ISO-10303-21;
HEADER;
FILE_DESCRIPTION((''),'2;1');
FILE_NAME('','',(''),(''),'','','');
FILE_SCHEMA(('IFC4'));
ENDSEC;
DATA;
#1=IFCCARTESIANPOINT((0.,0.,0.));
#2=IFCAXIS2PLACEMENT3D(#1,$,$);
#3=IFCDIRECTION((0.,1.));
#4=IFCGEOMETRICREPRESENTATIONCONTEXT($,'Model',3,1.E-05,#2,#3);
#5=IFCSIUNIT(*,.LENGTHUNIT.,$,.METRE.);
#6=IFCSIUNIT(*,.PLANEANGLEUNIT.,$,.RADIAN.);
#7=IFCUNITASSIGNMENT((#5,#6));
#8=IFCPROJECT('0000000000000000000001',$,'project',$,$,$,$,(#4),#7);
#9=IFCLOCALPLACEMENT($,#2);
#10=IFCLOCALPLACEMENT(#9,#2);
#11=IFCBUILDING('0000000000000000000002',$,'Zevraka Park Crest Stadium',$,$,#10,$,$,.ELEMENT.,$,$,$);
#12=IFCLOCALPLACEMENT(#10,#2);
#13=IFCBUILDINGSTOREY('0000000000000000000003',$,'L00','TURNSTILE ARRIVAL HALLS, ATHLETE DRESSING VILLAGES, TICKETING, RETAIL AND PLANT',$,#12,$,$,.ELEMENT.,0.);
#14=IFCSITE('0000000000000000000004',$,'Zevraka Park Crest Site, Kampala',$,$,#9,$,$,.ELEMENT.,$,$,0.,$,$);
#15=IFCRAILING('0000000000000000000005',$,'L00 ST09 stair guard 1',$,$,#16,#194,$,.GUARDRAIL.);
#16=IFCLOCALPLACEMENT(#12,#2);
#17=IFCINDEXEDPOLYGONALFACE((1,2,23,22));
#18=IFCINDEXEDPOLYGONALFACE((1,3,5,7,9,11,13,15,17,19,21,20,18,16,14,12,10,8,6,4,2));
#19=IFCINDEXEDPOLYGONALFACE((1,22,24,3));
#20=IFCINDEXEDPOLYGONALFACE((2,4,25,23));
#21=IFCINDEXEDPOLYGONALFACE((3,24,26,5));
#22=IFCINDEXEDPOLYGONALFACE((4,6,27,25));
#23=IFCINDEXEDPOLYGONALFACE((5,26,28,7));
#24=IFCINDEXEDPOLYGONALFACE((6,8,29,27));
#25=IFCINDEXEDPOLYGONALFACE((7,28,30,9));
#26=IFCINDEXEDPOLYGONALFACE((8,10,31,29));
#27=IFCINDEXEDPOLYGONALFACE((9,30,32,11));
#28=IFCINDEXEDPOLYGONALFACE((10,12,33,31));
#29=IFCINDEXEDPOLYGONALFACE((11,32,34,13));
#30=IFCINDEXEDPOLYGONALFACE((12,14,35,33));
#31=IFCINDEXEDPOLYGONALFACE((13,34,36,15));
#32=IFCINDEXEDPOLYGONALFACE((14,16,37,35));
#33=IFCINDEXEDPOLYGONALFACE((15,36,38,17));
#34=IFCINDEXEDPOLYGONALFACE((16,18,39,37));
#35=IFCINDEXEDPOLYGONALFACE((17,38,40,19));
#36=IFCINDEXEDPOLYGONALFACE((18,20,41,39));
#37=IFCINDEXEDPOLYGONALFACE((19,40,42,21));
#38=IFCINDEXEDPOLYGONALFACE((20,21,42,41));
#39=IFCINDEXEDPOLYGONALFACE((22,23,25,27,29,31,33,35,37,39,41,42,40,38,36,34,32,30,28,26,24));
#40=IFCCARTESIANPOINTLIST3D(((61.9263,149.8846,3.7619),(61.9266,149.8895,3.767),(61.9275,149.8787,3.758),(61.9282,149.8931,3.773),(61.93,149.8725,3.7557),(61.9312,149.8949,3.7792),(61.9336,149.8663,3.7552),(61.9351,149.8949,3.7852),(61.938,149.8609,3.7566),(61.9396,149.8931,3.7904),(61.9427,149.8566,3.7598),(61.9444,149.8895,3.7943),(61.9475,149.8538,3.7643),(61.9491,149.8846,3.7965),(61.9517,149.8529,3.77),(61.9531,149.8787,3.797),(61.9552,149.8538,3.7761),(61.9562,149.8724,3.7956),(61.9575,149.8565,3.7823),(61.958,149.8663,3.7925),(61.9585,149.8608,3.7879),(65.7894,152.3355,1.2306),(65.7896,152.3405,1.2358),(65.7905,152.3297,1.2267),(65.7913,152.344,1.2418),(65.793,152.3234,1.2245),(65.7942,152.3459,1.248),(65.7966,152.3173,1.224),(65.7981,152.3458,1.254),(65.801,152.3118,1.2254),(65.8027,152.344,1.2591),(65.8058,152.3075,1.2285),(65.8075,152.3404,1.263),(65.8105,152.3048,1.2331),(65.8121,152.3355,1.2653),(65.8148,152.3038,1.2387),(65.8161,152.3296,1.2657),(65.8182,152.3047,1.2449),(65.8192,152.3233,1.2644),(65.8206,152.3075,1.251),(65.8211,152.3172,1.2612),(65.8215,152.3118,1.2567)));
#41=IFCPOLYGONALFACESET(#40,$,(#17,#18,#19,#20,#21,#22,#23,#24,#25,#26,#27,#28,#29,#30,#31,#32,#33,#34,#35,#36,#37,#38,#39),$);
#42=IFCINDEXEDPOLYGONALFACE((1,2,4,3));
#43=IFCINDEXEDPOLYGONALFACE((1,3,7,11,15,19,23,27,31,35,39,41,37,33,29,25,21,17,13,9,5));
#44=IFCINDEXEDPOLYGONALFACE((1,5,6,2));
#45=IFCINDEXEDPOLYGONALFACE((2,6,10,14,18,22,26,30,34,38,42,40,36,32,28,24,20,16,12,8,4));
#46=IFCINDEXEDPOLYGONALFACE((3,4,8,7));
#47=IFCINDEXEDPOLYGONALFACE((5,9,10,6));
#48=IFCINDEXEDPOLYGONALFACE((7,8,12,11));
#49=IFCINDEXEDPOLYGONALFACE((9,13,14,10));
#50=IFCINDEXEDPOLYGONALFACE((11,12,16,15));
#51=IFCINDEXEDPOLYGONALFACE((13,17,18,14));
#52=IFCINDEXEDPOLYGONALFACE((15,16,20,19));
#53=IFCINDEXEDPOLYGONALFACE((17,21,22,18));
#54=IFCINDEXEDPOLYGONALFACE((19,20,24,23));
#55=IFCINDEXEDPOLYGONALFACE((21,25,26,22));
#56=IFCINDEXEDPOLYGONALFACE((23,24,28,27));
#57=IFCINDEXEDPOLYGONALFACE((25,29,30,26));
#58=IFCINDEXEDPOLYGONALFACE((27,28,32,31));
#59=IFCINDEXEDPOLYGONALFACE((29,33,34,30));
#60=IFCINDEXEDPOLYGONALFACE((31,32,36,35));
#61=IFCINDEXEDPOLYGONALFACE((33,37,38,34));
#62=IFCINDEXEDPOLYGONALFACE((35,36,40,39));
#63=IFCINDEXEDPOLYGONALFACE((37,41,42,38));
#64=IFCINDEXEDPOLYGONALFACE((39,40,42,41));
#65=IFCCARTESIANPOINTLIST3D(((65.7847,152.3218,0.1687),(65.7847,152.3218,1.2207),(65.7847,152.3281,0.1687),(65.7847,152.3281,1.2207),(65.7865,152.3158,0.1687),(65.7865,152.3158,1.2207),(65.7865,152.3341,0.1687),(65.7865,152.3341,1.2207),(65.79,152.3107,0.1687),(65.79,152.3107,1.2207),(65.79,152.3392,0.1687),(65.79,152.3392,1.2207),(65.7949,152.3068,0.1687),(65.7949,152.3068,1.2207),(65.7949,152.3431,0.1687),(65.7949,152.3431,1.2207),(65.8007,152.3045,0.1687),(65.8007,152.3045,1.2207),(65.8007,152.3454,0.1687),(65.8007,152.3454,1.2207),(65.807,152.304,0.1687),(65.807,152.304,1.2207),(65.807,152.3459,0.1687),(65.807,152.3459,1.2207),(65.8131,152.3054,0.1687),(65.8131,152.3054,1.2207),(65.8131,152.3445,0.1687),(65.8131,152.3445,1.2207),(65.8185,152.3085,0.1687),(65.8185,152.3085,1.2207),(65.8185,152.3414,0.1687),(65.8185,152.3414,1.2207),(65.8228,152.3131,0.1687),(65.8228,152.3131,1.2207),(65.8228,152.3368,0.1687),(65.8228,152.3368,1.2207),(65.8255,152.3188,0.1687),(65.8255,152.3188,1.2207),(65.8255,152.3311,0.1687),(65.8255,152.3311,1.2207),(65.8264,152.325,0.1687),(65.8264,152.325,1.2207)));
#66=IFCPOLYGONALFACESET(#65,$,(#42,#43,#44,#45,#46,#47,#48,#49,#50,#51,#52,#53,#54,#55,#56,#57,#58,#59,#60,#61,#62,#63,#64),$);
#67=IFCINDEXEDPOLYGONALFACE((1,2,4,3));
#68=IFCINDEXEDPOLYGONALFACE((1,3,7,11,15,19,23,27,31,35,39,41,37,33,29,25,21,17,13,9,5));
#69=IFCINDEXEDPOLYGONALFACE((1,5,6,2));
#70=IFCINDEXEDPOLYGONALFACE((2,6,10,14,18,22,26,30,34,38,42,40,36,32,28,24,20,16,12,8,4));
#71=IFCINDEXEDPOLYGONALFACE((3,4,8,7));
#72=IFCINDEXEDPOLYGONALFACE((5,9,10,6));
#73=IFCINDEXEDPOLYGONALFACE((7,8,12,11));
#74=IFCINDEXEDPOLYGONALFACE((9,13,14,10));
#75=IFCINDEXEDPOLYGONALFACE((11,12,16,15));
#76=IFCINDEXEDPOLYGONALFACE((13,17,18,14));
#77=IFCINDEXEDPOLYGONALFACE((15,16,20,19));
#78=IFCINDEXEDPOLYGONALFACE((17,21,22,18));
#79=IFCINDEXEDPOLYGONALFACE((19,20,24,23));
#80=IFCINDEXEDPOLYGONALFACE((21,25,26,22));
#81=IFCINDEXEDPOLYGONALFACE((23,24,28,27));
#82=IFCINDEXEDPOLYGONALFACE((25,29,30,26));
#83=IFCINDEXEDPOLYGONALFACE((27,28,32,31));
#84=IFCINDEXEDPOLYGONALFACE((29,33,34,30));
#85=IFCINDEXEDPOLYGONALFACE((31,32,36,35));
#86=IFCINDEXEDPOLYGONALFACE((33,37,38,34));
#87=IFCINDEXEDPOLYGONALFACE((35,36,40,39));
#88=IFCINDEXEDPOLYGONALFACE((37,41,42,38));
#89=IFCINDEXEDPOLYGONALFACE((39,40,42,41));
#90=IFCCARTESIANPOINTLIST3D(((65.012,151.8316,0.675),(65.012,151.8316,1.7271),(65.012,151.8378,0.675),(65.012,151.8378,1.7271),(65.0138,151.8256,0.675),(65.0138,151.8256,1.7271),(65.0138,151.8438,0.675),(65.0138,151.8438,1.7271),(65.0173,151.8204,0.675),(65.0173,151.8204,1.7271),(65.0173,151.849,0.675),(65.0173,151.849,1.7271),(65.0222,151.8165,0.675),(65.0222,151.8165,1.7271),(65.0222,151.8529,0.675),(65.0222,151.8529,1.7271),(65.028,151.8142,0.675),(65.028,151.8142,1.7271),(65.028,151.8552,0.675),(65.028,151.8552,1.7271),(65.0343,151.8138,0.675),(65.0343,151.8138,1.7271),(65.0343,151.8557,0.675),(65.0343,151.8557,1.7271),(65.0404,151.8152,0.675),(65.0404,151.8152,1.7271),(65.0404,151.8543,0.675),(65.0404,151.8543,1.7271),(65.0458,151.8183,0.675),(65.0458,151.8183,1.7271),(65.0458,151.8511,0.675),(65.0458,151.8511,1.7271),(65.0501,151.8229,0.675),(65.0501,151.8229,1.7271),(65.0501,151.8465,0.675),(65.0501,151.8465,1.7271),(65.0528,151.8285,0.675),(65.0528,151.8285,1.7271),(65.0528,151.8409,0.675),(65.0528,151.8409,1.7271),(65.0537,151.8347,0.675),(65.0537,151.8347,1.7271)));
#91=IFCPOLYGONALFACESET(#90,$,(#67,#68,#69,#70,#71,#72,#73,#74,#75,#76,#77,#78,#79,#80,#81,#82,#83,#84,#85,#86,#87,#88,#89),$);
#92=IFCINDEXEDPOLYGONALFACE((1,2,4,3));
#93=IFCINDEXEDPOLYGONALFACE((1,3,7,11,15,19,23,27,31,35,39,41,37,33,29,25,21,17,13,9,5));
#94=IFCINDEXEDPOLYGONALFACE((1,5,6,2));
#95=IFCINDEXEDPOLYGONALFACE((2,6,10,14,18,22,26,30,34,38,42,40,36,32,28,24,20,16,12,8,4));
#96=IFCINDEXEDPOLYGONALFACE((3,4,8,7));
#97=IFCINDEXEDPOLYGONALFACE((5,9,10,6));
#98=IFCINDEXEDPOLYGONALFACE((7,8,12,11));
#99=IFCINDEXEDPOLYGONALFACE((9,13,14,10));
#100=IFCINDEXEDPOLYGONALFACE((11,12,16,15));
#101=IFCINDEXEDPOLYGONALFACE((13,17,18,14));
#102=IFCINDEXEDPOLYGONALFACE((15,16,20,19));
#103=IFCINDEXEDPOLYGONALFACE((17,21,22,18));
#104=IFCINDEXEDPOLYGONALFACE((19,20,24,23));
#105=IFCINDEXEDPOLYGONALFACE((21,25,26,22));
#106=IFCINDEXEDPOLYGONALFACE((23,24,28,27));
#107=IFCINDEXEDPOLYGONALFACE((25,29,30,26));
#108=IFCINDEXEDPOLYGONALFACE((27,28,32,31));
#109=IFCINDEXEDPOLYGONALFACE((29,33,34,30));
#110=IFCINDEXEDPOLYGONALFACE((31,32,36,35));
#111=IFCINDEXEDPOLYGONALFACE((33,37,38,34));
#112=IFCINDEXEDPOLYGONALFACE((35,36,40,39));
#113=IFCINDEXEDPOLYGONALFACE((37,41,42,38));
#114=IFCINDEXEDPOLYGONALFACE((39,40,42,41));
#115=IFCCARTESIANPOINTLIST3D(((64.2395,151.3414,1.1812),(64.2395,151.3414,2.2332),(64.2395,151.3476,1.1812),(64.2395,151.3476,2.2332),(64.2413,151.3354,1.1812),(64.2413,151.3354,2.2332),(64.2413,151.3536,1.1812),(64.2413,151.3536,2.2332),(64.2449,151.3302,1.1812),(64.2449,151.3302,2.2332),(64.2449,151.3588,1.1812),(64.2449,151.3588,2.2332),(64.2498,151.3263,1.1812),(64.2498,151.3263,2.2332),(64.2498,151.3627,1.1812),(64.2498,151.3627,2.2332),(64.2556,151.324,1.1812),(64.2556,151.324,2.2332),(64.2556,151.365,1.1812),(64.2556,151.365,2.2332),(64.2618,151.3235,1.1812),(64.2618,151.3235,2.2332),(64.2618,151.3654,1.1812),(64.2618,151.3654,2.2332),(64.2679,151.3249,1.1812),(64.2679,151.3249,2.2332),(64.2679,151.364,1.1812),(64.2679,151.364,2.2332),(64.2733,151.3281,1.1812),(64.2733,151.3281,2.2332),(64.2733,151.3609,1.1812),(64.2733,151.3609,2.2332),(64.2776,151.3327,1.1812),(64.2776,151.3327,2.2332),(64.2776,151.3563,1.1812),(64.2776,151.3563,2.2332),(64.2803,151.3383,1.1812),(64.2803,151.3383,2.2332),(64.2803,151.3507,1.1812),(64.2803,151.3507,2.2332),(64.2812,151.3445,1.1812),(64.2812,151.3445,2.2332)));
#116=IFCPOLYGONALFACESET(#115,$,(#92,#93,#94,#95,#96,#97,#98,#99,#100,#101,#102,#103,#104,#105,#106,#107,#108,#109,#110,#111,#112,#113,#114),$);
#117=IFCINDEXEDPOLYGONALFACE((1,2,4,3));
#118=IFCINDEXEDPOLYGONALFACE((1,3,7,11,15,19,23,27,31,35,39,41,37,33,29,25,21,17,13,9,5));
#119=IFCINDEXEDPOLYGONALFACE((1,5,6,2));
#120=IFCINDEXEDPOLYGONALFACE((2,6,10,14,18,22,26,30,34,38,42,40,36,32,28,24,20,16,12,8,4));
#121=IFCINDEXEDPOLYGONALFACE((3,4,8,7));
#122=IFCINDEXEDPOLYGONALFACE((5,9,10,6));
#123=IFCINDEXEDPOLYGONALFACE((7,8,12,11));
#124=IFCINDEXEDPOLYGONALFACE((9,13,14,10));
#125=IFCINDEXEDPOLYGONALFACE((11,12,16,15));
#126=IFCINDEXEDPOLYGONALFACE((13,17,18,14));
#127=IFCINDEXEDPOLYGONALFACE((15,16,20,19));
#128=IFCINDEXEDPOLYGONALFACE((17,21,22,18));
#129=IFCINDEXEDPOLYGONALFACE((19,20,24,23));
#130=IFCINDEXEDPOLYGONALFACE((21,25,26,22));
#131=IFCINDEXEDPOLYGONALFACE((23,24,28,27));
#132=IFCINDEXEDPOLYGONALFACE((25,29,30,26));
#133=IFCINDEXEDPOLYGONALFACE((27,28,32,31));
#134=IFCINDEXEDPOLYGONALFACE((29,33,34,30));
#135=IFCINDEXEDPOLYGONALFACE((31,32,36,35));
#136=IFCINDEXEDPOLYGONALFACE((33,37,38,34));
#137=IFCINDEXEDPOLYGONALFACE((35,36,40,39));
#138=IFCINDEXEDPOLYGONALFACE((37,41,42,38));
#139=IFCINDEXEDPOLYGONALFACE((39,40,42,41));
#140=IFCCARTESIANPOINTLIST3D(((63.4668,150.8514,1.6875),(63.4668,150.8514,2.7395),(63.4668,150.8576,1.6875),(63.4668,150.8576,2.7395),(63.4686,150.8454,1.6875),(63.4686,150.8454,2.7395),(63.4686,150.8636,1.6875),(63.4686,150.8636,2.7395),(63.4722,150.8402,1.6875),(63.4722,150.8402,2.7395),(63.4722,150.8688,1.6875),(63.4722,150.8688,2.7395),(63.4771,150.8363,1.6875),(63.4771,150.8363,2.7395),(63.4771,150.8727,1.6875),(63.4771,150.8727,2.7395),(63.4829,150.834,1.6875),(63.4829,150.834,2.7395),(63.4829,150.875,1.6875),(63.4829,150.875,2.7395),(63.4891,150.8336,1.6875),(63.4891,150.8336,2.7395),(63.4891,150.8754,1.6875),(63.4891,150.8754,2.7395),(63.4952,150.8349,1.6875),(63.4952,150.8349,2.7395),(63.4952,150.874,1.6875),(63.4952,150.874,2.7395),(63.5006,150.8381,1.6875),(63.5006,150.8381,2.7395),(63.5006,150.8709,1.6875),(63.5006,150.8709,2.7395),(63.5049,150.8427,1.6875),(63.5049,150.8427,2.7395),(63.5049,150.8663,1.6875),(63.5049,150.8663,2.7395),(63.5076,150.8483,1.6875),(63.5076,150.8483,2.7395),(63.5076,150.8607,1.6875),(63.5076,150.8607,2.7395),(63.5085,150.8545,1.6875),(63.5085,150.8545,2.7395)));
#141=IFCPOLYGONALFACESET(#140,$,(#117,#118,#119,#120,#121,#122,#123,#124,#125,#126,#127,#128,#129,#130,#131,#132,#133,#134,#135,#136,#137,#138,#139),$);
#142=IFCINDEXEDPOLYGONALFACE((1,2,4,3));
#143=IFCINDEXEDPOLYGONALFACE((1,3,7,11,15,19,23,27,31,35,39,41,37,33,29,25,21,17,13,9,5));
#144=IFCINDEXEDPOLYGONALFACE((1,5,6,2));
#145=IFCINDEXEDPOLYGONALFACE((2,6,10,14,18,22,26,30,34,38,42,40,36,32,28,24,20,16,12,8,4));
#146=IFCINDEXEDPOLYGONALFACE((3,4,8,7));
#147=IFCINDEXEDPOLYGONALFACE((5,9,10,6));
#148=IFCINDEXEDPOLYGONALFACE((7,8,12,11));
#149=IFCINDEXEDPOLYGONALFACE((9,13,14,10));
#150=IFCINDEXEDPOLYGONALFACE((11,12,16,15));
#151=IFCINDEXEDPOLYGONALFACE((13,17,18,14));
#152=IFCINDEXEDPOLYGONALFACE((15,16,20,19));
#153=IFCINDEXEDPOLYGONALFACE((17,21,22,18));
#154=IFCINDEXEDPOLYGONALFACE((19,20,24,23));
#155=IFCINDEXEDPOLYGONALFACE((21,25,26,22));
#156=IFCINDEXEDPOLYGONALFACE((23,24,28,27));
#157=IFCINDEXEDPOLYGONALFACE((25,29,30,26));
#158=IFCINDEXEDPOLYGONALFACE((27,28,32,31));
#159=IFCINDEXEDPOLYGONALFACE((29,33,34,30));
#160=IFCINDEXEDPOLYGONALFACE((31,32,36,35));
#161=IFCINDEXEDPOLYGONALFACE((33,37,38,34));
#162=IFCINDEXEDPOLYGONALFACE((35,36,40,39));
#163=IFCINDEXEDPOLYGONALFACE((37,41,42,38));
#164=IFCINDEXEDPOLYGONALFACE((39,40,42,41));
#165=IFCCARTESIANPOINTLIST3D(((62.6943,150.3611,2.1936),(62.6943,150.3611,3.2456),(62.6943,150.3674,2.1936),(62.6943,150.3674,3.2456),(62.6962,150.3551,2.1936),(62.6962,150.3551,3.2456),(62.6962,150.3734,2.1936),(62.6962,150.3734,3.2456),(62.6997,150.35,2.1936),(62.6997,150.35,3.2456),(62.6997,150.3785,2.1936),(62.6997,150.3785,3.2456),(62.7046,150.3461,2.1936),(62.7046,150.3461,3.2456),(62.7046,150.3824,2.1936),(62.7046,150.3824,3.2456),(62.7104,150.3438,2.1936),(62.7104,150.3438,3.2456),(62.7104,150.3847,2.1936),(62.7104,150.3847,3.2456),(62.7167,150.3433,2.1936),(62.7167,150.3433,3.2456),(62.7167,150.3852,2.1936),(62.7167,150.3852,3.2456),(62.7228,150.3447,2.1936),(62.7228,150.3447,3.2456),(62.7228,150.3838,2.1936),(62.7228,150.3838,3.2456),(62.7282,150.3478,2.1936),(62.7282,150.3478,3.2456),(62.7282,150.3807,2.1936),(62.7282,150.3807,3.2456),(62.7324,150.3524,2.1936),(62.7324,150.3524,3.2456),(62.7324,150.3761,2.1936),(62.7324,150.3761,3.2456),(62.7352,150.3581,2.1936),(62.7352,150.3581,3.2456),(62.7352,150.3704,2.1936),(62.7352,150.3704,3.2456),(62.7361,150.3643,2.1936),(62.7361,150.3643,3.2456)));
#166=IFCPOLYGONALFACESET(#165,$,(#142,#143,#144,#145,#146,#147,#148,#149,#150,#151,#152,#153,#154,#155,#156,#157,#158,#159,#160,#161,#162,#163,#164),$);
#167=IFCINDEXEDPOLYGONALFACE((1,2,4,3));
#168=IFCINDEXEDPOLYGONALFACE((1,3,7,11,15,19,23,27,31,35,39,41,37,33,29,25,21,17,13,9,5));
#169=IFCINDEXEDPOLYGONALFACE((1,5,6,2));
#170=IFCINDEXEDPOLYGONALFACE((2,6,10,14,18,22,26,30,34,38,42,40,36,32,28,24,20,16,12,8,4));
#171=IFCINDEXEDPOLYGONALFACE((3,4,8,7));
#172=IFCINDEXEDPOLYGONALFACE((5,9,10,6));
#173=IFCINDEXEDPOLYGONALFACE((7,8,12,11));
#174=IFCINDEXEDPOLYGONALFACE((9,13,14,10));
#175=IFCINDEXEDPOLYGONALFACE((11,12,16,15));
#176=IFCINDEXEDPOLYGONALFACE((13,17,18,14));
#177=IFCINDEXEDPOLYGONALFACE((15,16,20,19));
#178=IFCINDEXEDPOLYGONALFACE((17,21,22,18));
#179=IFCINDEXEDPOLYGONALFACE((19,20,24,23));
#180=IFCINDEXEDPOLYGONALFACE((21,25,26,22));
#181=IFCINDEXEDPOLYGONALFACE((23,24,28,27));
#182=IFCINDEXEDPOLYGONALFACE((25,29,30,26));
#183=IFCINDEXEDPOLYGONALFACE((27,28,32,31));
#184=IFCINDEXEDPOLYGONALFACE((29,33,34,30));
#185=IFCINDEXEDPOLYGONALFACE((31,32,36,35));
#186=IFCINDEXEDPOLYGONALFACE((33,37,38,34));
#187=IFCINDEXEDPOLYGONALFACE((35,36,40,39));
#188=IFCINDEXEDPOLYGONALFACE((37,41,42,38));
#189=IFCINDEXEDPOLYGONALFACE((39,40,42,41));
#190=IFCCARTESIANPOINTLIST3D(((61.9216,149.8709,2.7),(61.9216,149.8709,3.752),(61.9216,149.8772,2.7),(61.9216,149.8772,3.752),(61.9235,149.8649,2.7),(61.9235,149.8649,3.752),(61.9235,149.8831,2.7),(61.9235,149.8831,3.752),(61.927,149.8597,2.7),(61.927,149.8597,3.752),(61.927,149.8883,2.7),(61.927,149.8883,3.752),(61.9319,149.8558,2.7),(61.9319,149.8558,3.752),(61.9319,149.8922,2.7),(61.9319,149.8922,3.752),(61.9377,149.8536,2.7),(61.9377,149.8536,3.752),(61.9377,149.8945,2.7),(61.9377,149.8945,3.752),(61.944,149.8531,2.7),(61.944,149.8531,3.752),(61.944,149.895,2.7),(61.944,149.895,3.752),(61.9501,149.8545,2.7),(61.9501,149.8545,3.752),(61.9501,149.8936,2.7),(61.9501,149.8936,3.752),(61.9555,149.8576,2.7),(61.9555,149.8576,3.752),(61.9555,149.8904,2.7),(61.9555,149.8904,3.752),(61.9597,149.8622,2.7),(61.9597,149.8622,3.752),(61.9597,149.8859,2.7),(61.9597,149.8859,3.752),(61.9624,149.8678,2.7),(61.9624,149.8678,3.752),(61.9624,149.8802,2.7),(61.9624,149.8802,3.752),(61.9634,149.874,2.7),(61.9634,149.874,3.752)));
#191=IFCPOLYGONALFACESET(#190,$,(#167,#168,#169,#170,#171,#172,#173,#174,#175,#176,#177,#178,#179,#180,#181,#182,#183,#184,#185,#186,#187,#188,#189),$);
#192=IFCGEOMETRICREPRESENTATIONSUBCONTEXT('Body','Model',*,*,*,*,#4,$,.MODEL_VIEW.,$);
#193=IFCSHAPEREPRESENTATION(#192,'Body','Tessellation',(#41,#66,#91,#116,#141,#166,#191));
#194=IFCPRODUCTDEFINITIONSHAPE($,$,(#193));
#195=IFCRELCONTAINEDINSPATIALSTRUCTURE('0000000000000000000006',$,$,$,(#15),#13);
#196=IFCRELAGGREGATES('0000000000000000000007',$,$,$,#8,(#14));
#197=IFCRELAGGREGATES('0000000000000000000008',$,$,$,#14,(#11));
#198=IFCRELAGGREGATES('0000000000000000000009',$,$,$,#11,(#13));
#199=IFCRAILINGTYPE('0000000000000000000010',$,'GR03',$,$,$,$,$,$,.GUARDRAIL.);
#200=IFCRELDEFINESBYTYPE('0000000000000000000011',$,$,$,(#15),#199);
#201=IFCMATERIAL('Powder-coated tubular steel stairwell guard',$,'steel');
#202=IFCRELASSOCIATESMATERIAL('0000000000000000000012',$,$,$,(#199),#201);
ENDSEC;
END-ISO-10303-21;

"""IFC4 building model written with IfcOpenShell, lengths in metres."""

from ifc_helpers import new_model, si_unit, direction, frame, origin, origin_2d, place, context, subcontext, project, spatial, circle, extrude, material, type_object, element, save


model = new_model("IFC4")

# Units and contexts
model_context = context("Model", 3, precision=1e-05, world=origin(), true_north=direction((0.0, 1.0)))
body_context = subcontext(model_context, "Body", "Model", "MODEL_VIEW")
ifc_project = project(units=[si_unit("LENGTHUNIT", "METRE"), si_unit("PLANEANGLEUNIT", "RADIAN")], contexts=[model_context])

# Site, building, storey
site_placement = place(None, origin())
site = spatial("IfcSite", under=ifc_project, at=site_placement, Name="Zevraka Park Crest Site, Kampala", CompositionType="ELEMENT", RefElevation=0.0)
building_placement = place(site_placement, origin())
building = spatial("IfcBuilding", under=site, at=building_placement, Name="Zevraka Park Crest Stadium", CompositionType="ELEMENT")
storey_placement = place(building_placement, origin())
storey = spatial("IfcBuildingStorey", under=building, at=storey_placement, Name="L00", Description="TURNSTILE ARRIVAL HALLS, ATHLETE DRESSING VILLAGES, TICKETING, RETAIL AND PLANT", CompositionType="ELEMENT", Elevation=0.0)

# Railing
ifc_material_1 = material(Name="Powder-coated tubular steel stairwell guard", Category="steel")
railing_type_1 = type_object("IfcRailingType", Name="GR03", PredefinedType="GUARDRAIL", material=ifc_material_1)
railing_1_placement = place(storey_placement, frame((65.8054, 152.325, 0.1687)))
element("IfcRailing", 1, at=railing_1_placement, inside=storey, type_object=railing_type_1, Name="L00 ST09 stair guard 1", PredefinedType="GUARDRAIL", context=body_context, shape_type="SweptSolid", body=[
    extrude(circle(Radius=0.0239, at=origin_2d()), frame((0.0, 0.0, 1.0762), z_axis=(-0.738841, -0.468762, 0.484124), x_axis=(0.535729, -0.84439, 0.0)), (0.0, 0.0, 1.0), 5.2285),
    extrude(circle(Radius=0.021, at=origin_2d()), origin(), (0.0, 0.0, 1.0), 1.052),
    extrude(circle(Radius=0.021, at=origin_2d()), frame((-0.7727, -0.4902, 0.5063)), (0.0, 0.0, 1.0), 1.052),
    extrude(circle(Radius=0.021, at=origin_2d()), frame((-1.5452, -0.9805, 1.0125)), (0.0, 0.0, 1.0), 1.052),
    extrude(circle(Radius=0.021, at=origin_2d()), frame((-2.3179, -1.4705, 1.5188)), (0.0, 0.0, 1.0), 1.052),
    extrude(circle(Radius=0.021, at=origin_2d()), frame((-3.0903, -1.9607, 2.0249)), (0.0, 0.0, 1.0), 1.052),
    extrude(circle(Radius=0.021, at=origin_2d()), frame((-3.863, -2.4509, 2.5312)), (0.0, 0.0, 1.0), 1.052),
])

save(model, "model.ifc")
